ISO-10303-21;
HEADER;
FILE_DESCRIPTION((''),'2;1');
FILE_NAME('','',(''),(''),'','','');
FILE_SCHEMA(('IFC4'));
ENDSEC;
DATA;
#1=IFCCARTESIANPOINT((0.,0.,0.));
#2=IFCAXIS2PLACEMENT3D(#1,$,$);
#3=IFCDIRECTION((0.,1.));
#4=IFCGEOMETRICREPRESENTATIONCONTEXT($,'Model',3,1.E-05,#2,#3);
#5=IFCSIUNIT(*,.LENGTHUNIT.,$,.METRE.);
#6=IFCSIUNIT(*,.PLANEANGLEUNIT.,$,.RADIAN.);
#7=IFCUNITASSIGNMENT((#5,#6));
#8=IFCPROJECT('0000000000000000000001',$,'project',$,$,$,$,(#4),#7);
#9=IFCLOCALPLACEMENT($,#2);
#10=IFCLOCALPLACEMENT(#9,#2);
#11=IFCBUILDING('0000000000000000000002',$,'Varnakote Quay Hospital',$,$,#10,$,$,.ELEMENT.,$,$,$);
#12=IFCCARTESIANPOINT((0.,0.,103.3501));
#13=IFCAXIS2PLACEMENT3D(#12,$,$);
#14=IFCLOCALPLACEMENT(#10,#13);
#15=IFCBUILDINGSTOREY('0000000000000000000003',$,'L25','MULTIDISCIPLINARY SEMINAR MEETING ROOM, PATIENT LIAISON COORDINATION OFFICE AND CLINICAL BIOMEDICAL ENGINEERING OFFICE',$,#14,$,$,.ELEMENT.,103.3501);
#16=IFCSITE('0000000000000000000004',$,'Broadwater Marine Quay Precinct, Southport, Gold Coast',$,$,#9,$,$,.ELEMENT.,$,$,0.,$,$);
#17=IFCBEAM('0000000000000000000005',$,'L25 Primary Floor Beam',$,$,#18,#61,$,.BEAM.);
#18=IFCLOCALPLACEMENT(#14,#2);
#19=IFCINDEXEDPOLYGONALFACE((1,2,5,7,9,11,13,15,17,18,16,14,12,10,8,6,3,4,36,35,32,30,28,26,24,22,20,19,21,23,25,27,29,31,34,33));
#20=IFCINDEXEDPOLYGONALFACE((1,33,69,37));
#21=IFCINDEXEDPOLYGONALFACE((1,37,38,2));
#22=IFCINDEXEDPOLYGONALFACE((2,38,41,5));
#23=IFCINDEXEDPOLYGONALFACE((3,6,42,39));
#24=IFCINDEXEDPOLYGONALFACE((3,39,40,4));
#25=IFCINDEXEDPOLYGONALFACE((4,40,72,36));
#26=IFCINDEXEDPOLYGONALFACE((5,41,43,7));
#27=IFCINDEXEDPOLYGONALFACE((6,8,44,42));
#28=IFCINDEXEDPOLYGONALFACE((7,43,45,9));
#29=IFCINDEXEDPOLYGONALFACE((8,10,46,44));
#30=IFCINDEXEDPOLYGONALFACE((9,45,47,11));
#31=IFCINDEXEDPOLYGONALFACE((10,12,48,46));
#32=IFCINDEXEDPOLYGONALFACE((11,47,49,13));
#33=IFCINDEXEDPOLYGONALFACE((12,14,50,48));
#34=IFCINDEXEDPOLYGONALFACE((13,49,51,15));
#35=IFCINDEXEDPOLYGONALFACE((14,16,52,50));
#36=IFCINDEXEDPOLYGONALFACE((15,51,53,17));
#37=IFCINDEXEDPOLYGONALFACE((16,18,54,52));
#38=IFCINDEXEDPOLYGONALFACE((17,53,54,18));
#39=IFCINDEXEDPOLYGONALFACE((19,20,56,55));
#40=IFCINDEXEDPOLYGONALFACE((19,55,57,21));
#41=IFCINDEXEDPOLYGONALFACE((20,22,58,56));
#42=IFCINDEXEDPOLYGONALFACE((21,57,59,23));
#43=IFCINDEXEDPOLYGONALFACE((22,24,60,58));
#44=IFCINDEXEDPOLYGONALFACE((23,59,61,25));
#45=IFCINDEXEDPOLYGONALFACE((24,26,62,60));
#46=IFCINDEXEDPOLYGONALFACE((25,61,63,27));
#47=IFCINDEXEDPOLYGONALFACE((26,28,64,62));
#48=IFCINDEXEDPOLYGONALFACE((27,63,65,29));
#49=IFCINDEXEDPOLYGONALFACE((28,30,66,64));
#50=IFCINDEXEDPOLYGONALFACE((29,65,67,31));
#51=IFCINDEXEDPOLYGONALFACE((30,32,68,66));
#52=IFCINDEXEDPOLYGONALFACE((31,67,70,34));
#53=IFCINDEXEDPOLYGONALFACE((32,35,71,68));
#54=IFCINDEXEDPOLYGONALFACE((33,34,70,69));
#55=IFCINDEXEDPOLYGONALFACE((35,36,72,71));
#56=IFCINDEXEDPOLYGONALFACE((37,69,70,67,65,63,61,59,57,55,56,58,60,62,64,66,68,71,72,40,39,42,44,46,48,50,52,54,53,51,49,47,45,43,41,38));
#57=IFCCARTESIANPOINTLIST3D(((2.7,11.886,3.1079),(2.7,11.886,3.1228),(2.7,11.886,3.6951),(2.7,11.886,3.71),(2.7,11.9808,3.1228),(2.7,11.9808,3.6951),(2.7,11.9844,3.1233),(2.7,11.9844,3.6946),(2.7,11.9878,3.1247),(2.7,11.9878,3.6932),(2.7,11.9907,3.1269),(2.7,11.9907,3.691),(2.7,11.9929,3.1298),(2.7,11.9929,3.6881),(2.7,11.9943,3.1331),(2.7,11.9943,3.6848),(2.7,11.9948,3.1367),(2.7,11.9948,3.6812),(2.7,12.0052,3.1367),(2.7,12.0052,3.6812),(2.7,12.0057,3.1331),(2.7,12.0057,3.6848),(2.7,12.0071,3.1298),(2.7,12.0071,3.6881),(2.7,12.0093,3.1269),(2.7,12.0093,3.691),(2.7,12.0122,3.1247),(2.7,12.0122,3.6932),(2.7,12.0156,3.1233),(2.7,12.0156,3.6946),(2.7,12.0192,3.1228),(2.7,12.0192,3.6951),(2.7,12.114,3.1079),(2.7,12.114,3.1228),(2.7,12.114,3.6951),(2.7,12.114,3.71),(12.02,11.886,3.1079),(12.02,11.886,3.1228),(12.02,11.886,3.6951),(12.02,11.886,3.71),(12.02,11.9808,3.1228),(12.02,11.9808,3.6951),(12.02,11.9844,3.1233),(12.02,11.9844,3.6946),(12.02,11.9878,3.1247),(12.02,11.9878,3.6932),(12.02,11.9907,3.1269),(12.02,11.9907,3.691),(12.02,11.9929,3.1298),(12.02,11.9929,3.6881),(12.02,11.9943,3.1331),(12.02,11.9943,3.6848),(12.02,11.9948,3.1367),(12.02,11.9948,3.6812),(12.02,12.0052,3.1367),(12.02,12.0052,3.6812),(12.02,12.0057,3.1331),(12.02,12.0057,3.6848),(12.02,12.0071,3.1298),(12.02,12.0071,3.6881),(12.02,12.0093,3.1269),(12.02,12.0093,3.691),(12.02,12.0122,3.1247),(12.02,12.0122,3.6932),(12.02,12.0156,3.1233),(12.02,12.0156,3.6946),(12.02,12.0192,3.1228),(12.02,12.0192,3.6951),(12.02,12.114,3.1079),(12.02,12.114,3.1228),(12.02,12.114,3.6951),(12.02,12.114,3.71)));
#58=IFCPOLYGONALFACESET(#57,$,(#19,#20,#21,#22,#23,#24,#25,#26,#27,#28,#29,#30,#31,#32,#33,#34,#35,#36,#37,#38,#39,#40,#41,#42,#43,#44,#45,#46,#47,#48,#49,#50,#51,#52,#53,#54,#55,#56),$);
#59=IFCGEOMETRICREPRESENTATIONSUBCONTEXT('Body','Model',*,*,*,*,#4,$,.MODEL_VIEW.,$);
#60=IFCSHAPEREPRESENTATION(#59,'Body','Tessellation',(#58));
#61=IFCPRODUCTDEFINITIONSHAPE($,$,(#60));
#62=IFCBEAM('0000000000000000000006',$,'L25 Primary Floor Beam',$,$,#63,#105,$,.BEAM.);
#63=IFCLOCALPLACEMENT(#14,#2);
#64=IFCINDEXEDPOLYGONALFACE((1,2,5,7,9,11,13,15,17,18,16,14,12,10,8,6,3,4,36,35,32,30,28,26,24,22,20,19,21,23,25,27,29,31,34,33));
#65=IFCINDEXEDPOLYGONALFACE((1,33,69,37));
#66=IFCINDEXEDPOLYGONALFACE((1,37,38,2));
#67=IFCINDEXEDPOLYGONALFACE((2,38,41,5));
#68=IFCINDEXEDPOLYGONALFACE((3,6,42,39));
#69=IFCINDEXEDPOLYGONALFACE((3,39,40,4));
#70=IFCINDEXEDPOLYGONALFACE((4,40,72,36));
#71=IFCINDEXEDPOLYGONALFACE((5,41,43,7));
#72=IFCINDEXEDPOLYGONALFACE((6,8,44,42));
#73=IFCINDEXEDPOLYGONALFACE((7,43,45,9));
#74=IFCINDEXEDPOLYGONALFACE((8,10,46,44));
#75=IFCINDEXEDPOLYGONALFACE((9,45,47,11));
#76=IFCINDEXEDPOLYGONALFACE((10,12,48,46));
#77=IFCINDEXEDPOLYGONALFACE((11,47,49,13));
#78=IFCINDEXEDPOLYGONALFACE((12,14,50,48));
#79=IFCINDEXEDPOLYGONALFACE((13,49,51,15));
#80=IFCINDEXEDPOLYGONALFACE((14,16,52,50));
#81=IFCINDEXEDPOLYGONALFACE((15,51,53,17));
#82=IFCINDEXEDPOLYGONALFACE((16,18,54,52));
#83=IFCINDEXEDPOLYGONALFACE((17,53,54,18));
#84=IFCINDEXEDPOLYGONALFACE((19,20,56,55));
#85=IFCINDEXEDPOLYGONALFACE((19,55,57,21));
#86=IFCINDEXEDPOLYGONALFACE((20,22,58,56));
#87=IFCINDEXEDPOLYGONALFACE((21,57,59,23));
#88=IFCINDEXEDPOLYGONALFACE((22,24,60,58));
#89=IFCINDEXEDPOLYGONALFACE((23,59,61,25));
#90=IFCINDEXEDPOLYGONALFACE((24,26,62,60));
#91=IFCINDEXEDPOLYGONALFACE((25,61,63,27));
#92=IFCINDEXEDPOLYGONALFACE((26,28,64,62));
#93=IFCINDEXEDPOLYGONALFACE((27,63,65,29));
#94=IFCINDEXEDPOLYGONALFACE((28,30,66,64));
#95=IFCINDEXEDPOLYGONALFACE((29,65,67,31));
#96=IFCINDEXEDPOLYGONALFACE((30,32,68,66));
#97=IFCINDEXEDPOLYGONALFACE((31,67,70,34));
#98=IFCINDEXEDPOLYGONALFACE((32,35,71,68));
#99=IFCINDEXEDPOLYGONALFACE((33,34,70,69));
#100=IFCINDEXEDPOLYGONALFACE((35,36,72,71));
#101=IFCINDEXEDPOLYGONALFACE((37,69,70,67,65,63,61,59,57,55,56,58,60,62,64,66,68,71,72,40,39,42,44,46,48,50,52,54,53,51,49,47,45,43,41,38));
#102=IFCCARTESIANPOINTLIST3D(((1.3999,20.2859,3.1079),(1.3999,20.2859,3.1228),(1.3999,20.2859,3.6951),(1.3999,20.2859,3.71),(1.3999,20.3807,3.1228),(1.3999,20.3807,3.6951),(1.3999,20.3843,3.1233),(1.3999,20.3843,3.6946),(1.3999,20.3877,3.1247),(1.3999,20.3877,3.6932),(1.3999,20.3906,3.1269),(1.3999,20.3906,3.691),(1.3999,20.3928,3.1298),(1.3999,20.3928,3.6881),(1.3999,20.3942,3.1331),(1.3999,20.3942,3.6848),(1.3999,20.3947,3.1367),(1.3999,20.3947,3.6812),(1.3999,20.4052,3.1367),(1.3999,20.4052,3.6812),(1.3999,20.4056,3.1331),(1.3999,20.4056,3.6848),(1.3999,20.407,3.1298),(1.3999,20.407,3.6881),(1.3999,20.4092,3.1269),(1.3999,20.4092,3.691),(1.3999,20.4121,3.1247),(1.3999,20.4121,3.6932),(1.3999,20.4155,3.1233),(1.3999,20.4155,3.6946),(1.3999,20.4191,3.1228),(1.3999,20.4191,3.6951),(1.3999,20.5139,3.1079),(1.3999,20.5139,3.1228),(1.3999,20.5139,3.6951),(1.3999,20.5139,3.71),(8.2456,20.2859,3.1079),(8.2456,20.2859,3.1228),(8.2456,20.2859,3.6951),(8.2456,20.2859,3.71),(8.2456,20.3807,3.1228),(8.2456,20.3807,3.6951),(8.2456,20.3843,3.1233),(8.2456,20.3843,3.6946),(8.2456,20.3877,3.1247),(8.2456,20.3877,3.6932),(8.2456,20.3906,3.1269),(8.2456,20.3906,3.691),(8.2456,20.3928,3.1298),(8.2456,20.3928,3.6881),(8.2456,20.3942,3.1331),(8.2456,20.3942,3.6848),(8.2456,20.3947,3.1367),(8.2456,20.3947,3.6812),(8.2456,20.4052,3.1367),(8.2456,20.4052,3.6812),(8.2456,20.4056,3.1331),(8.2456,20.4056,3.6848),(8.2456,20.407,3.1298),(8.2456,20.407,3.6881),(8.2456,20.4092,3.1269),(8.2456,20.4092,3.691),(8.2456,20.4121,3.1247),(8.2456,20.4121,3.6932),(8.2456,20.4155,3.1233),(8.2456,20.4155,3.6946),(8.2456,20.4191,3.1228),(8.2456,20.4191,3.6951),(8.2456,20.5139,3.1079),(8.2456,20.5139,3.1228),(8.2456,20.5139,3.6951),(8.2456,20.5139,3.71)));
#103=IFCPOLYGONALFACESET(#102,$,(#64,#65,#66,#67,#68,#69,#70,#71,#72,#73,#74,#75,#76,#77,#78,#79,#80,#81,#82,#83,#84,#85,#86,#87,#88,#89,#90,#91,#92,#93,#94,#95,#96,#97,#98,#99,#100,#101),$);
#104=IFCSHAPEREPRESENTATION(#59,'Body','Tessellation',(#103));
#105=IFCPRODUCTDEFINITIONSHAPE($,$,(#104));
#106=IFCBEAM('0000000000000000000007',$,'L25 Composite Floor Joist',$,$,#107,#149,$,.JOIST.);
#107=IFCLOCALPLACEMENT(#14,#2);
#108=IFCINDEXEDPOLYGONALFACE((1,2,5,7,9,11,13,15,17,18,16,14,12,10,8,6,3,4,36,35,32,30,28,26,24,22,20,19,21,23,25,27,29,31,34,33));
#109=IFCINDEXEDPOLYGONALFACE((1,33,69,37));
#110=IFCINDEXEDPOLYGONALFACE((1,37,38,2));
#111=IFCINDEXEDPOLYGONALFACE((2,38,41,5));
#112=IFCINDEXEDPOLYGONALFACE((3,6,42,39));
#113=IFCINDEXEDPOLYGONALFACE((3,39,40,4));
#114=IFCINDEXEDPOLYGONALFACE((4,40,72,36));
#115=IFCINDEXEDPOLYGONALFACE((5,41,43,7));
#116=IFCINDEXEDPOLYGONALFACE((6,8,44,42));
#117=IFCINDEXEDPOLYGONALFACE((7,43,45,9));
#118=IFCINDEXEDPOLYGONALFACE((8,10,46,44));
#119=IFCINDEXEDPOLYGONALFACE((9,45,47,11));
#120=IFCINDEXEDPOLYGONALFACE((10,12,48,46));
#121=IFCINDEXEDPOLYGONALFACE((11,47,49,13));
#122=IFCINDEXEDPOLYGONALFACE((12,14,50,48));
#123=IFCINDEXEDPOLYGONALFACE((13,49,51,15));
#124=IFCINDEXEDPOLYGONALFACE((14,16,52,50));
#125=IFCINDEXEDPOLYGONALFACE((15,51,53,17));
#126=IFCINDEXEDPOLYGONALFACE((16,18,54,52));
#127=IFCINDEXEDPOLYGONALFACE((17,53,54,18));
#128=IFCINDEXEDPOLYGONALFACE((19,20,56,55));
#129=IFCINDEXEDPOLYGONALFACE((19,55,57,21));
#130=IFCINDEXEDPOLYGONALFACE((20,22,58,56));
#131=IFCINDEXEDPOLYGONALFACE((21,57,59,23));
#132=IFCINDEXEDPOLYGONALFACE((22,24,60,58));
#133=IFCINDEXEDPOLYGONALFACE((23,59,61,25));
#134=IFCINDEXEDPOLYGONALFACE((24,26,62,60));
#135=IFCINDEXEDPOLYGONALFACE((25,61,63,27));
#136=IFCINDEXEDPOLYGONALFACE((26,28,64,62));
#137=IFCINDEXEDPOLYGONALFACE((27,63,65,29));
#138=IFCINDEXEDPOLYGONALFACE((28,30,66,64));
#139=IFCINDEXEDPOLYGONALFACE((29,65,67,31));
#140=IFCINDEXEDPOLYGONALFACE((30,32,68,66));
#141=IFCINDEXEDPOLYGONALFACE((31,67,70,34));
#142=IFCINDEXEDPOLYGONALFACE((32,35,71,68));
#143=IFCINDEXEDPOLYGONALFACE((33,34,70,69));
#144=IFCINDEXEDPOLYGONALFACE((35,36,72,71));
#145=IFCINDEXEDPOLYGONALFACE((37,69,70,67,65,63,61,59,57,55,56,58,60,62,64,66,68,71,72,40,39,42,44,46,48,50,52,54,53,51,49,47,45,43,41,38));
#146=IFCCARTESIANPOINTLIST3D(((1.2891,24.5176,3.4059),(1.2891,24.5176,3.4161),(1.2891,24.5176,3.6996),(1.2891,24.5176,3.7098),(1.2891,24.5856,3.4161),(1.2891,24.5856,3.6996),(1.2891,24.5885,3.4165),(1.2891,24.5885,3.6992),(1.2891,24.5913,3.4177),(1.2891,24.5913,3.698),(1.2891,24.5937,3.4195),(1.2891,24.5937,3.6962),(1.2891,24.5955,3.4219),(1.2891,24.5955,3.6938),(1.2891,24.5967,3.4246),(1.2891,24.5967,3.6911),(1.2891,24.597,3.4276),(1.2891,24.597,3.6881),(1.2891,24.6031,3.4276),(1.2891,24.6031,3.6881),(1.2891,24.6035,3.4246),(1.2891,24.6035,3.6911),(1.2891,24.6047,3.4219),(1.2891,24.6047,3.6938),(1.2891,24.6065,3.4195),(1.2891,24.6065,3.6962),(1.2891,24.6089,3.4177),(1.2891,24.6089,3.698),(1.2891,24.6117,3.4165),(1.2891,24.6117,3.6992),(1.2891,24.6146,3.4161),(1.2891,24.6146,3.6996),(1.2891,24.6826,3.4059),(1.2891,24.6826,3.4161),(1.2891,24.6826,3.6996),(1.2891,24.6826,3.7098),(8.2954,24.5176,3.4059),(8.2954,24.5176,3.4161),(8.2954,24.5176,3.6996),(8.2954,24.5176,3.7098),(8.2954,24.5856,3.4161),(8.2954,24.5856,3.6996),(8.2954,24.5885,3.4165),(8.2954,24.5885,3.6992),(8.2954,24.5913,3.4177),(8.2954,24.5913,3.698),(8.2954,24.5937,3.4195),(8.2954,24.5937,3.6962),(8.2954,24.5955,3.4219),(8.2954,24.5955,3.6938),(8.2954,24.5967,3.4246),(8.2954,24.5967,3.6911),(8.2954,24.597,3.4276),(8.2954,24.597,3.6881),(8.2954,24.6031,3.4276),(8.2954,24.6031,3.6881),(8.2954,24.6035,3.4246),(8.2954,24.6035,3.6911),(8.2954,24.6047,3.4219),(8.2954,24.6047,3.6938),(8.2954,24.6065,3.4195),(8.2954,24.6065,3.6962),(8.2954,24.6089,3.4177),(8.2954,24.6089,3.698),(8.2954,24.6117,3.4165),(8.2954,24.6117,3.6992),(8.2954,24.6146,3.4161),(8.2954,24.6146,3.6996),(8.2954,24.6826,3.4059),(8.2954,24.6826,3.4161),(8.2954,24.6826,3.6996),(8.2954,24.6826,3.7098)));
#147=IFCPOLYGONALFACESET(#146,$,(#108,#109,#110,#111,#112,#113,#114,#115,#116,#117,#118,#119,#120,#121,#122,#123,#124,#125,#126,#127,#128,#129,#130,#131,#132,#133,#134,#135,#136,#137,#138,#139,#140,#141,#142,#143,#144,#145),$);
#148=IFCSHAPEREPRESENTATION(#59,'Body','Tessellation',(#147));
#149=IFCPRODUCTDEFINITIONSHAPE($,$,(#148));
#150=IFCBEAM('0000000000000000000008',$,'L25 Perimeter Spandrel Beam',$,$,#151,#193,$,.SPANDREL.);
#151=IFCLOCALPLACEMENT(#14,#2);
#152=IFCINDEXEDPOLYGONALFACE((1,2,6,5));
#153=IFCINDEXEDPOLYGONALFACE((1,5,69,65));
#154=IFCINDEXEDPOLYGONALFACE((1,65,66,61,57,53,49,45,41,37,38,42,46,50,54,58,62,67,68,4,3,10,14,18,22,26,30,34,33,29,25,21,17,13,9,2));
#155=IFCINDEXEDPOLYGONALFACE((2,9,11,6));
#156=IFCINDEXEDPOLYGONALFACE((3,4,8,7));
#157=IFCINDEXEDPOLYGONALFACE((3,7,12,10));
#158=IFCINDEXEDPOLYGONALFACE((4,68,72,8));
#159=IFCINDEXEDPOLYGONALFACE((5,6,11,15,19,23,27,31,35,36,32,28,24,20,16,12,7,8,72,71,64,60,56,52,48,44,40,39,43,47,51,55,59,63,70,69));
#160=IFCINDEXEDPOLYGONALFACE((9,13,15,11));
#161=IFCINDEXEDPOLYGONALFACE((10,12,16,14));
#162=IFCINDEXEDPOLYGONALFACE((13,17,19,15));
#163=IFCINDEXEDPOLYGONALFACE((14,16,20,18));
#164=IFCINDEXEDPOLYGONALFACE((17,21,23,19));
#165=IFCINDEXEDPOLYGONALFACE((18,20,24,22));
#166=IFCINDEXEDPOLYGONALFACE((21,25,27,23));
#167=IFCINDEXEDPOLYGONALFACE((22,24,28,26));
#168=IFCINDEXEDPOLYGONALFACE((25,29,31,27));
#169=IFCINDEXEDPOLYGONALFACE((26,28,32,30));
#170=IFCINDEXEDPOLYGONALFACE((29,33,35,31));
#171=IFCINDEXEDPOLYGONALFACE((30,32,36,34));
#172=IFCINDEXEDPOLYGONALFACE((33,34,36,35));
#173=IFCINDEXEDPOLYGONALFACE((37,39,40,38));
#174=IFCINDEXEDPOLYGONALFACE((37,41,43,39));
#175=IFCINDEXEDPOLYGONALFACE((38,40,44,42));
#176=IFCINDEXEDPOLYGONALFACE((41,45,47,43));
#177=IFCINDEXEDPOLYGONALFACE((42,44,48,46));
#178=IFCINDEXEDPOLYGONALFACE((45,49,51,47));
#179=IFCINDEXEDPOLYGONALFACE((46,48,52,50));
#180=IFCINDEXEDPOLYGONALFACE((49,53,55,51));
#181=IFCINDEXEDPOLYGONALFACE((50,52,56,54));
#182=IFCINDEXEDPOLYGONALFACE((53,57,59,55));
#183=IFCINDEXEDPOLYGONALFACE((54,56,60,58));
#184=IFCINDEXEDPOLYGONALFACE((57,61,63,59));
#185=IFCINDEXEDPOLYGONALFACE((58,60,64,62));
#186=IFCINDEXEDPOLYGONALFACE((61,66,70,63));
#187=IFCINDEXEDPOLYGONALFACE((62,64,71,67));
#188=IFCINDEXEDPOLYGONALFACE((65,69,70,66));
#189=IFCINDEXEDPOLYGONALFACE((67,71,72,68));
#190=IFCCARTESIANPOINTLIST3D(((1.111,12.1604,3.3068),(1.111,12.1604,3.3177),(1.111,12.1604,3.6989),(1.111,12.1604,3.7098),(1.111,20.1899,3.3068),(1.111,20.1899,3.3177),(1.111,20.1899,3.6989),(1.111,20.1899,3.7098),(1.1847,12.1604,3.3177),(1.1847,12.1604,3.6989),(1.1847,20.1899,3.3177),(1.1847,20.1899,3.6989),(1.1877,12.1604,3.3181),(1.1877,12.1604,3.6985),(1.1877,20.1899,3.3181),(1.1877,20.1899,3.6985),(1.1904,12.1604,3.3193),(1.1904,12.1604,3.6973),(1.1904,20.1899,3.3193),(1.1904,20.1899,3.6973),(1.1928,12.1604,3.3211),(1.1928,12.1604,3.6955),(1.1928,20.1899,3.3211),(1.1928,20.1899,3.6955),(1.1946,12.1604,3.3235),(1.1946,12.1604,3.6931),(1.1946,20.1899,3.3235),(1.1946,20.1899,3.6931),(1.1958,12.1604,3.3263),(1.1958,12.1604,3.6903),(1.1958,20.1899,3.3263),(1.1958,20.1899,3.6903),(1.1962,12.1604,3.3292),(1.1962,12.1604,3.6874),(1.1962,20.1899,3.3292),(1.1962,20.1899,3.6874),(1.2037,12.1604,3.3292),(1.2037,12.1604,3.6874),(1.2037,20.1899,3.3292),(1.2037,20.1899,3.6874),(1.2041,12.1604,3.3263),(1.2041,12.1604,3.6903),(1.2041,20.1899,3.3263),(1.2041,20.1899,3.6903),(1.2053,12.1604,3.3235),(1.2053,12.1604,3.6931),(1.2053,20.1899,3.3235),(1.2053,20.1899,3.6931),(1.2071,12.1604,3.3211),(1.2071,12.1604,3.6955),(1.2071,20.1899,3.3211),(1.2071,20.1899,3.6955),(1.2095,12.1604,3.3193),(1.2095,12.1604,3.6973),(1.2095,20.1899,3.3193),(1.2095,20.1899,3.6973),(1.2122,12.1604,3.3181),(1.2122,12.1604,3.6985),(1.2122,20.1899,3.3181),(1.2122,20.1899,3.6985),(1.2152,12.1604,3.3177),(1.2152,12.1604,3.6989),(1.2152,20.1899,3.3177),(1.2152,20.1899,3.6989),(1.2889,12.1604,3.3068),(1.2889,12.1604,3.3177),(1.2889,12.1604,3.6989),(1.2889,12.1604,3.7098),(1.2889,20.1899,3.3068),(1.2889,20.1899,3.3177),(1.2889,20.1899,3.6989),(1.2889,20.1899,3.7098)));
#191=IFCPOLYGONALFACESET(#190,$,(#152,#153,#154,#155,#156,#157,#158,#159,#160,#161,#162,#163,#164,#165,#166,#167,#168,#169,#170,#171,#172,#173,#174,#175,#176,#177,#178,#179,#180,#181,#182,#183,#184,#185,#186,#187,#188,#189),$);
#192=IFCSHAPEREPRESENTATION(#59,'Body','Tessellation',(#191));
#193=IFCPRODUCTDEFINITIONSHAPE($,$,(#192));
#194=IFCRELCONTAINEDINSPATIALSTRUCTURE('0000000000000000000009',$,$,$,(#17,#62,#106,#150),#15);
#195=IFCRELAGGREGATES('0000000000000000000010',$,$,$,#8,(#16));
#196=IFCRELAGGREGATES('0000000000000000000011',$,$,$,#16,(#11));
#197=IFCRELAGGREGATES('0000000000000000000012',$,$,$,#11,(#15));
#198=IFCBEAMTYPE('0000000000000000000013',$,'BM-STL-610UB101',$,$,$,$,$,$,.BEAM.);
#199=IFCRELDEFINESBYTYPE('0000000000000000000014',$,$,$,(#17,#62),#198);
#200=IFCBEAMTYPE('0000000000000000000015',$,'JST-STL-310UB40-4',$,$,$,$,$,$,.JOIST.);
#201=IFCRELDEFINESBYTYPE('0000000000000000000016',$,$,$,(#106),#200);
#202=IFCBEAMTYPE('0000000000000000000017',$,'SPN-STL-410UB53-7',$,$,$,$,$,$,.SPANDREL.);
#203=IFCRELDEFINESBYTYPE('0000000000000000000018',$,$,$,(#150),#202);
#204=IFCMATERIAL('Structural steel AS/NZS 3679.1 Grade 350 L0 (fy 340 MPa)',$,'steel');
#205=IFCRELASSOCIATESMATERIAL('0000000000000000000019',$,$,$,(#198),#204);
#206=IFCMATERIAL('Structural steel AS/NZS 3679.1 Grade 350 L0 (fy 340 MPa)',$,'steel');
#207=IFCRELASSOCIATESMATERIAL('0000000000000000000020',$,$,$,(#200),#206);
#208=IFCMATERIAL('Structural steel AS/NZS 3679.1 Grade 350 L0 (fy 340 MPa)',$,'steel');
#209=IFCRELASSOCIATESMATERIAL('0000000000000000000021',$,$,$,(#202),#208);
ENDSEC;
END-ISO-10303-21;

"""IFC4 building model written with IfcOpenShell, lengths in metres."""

from ifc_helpers import new_model, si_unit, direction, frame, origin, origin_2d, place, context, subcontext, project, spatial, i_section, extrude, material, material_profile, profile_set, type_object, element, save


model = new_model("IFC4")

# Units and contexts
model_context = context("Model", 3, precision=1e-05, world=origin(), true_north=direction((0.0, 1.0)))
body_context = subcontext(model_context, "Body", "Model", "MODEL_VIEW")
ifc_project = project(units=[si_unit("LENGTHUNIT", "METRE"), si_unit("PLANEANGLEUNIT", "RADIAN")], contexts=[model_context])

# Site, building, storey
site_placement = place(None, origin())
site = spatial("IfcSite", under=ifc_project, at=site_placement, Name="Broadwater Marine Quay Precinct, Southport, Gold Coast", CompositionType="ELEMENT", RefElevation=0.0)
building_placement = place(site_placement, origin())
building = spatial("IfcBuilding", under=site, at=building_placement, Name="Varnakote Quay Hospital", CompositionType="ELEMENT")
storey_placement = place(building_placement, frame((0.0, 0.0, 103.3501)))
storey = spatial("IfcBuildingStorey", under=building, at=storey_placement, Name="L25", Description="MULTIDISCIPLINARY SEMINAR MEETING ROOM, PATIENT LIAISON COORDINATION OFFICE AND CLINICAL BIOMEDICAL ENGINEERING OFFICE", CompositionType="ELEMENT", Elevation=103.3501)

# Beams
ifc_material_1 = material(Name="Structural steel AS/NZS 3679.1 Grade 350 L0 (fy 340 MPa)", Category="steel")
ifc_material_profile_1 = material_profile(ifc_material_1, i_section(OverallWidth=0.228, OverallDepth=0.6021, WebThickness=0.0105, FlangeThickness=0.0149, FilletRadius=0.0139, at=origin_2d()), Name="610UB101")
ifc_profile_set_1 = profile_set([ifc_material_profile_1], Name="Structural steel AS/NZS 3679.1 Grade 350 L0 (fy 340 MPa)")
beam_type_1 = type_object("IfcBeamType", Name="BM-STL-610UB101", PredefinedType="BEAM", material=ifc_profile_set_1)
beam_1_placement = place(storey_placement, frame((2.7, 12.0, 3.4089), z_axis=(1.0, 0.0, 0.0), x_axis=(0.0, 1.0, 0.0)))
element("IfcBeam", 1, at=beam_1_placement, inside=storey, type_object=beam_type_1, Name="L25 Primary Floor Beam", PredefinedType="BEAM", context=body_context, shape_type="SweptSolid", body=[
    extrude(i_section(OverallWidth=0.228, OverallDepth=0.6021, WebThickness=0.0105, FlangeThickness=0.0149, FilletRadius=0.0139, at=origin_2d()), origin(), (0.0, 0.0, 1.0), 9.3201),
])
beam_2_placement = place(storey_placement, frame((1.3999, 20.3999, 3.4089), z_axis=(1.0, 0.0, 0.0), x_axis=(0.0, 1.0, 0.0)))
element("IfcBeam", 2, at=beam_2_placement, inside=storey, type_object=beam_type_1, Name="L25 Primary Floor Beam", PredefinedType="BEAM", context=body_context, shape_type="SweptSolid", body=[
    extrude(i_section(OverallWidth=0.228, OverallDepth=0.6021, WebThickness=0.0105, FlangeThickness=0.0149, FilletRadius=0.0139, at=origin_2d()), origin(), (0.0, 0.0, 1.0), 6.8457),
])
ifc_material_2 = material(Name="Structural steel AS/NZS 3679.1 Grade 350 L0 (fy 340 MPa)", Category="steel")
ifc_material_profile_2 = material_profile(ifc_material_2, i_section(OverallWidth=0.165, OverallDepth=0.304, WebThickness=0.0061, FlangeThickness=0.0103, FilletRadius=0.0115, at=origin_2d()), Name="310UB40.4")
ifc_profile_set_2 = profile_set([ifc_material_profile_2], Name="Structural steel AS/NZS 3679.1 Grade 350 L0 (fy 340 MPa)")
beam_type_2 = type_object("IfcBeamType", Name="JST-STL-310UB40-4", PredefinedType="JOIST", material=ifc_profile_set_2)
beam_3_placement = place(storey_placement, frame((1.2891, 24.6001, 3.5579), z_axis=(1.0, 0.0, 0.0), x_axis=(0.0, 1.0, 0.0)))
element("IfcBeam", 3, at=beam_3_placement, inside=storey, type_object=beam_type_2, Name="L25 Composite Floor Joist", PredefinedType="JOIST", context=body_context, shape_type="SweptSolid", body=[
    extrude(i_section(OverallWidth=0.165, OverallDepth=0.304, WebThickness=0.0061, FlangeThickness=0.0103, FilletRadius=0.0115, at=origin_2d()), origin(), (0.0, 0.0, 1.0), 7.0063),
])
ifc_material_3 = material(Name="Structural steel AS/NZS 3679.1 Grade 350 L0 (fy 340 MPa)", Category="steel")
ifc_material_profile_3 = material_profile(ifc_material_3, i_section(OverallWidth=0.178, OverallDepth=0.4031, WebThickness=0.0076, FlangeThickness=0.011, FilletRadius=0.0115, at=origin_2d()), Name="410UB53.7")
ifc_profile_set_3 = profile_set([ifc_material_profile_3], Name="Structural steel AS/NZS 3679.1 Grade 350 L0 (fy 340 MPa)")
beam_type_3 = type_object("IfcBeamType", Name="SPN-STL-410UB53-7", PredefinedType="SPANDREL", material=ifc_profile_set_3)
beam_4_placement = place(storey_placement, frame((1.2, 12.1604, 3.5083), z_axis=(0.0, 1.0, 0.0), x_axis=(-1.0, 0.0, 0.0)))
element("IfcBeam", 4, at=beam_4_placement, inside=storey, type_object=beam_type_3, Name="L25 Perimeter Spandrel Beam", PredefinedType="SPANDREL", context=body_context, shape_type="SweptSolid", body=[
    extrude(i_section(OverallWidth=0.178, OverallDepth=0.4031, WebThickness=0.0076, FlangeThickness=0.011, FilletRadius=0.0115, at=origin_2d()), origin(), (0.0, 0.0, 1.0), 8.0295),
])

save(model, "model.ifc")
